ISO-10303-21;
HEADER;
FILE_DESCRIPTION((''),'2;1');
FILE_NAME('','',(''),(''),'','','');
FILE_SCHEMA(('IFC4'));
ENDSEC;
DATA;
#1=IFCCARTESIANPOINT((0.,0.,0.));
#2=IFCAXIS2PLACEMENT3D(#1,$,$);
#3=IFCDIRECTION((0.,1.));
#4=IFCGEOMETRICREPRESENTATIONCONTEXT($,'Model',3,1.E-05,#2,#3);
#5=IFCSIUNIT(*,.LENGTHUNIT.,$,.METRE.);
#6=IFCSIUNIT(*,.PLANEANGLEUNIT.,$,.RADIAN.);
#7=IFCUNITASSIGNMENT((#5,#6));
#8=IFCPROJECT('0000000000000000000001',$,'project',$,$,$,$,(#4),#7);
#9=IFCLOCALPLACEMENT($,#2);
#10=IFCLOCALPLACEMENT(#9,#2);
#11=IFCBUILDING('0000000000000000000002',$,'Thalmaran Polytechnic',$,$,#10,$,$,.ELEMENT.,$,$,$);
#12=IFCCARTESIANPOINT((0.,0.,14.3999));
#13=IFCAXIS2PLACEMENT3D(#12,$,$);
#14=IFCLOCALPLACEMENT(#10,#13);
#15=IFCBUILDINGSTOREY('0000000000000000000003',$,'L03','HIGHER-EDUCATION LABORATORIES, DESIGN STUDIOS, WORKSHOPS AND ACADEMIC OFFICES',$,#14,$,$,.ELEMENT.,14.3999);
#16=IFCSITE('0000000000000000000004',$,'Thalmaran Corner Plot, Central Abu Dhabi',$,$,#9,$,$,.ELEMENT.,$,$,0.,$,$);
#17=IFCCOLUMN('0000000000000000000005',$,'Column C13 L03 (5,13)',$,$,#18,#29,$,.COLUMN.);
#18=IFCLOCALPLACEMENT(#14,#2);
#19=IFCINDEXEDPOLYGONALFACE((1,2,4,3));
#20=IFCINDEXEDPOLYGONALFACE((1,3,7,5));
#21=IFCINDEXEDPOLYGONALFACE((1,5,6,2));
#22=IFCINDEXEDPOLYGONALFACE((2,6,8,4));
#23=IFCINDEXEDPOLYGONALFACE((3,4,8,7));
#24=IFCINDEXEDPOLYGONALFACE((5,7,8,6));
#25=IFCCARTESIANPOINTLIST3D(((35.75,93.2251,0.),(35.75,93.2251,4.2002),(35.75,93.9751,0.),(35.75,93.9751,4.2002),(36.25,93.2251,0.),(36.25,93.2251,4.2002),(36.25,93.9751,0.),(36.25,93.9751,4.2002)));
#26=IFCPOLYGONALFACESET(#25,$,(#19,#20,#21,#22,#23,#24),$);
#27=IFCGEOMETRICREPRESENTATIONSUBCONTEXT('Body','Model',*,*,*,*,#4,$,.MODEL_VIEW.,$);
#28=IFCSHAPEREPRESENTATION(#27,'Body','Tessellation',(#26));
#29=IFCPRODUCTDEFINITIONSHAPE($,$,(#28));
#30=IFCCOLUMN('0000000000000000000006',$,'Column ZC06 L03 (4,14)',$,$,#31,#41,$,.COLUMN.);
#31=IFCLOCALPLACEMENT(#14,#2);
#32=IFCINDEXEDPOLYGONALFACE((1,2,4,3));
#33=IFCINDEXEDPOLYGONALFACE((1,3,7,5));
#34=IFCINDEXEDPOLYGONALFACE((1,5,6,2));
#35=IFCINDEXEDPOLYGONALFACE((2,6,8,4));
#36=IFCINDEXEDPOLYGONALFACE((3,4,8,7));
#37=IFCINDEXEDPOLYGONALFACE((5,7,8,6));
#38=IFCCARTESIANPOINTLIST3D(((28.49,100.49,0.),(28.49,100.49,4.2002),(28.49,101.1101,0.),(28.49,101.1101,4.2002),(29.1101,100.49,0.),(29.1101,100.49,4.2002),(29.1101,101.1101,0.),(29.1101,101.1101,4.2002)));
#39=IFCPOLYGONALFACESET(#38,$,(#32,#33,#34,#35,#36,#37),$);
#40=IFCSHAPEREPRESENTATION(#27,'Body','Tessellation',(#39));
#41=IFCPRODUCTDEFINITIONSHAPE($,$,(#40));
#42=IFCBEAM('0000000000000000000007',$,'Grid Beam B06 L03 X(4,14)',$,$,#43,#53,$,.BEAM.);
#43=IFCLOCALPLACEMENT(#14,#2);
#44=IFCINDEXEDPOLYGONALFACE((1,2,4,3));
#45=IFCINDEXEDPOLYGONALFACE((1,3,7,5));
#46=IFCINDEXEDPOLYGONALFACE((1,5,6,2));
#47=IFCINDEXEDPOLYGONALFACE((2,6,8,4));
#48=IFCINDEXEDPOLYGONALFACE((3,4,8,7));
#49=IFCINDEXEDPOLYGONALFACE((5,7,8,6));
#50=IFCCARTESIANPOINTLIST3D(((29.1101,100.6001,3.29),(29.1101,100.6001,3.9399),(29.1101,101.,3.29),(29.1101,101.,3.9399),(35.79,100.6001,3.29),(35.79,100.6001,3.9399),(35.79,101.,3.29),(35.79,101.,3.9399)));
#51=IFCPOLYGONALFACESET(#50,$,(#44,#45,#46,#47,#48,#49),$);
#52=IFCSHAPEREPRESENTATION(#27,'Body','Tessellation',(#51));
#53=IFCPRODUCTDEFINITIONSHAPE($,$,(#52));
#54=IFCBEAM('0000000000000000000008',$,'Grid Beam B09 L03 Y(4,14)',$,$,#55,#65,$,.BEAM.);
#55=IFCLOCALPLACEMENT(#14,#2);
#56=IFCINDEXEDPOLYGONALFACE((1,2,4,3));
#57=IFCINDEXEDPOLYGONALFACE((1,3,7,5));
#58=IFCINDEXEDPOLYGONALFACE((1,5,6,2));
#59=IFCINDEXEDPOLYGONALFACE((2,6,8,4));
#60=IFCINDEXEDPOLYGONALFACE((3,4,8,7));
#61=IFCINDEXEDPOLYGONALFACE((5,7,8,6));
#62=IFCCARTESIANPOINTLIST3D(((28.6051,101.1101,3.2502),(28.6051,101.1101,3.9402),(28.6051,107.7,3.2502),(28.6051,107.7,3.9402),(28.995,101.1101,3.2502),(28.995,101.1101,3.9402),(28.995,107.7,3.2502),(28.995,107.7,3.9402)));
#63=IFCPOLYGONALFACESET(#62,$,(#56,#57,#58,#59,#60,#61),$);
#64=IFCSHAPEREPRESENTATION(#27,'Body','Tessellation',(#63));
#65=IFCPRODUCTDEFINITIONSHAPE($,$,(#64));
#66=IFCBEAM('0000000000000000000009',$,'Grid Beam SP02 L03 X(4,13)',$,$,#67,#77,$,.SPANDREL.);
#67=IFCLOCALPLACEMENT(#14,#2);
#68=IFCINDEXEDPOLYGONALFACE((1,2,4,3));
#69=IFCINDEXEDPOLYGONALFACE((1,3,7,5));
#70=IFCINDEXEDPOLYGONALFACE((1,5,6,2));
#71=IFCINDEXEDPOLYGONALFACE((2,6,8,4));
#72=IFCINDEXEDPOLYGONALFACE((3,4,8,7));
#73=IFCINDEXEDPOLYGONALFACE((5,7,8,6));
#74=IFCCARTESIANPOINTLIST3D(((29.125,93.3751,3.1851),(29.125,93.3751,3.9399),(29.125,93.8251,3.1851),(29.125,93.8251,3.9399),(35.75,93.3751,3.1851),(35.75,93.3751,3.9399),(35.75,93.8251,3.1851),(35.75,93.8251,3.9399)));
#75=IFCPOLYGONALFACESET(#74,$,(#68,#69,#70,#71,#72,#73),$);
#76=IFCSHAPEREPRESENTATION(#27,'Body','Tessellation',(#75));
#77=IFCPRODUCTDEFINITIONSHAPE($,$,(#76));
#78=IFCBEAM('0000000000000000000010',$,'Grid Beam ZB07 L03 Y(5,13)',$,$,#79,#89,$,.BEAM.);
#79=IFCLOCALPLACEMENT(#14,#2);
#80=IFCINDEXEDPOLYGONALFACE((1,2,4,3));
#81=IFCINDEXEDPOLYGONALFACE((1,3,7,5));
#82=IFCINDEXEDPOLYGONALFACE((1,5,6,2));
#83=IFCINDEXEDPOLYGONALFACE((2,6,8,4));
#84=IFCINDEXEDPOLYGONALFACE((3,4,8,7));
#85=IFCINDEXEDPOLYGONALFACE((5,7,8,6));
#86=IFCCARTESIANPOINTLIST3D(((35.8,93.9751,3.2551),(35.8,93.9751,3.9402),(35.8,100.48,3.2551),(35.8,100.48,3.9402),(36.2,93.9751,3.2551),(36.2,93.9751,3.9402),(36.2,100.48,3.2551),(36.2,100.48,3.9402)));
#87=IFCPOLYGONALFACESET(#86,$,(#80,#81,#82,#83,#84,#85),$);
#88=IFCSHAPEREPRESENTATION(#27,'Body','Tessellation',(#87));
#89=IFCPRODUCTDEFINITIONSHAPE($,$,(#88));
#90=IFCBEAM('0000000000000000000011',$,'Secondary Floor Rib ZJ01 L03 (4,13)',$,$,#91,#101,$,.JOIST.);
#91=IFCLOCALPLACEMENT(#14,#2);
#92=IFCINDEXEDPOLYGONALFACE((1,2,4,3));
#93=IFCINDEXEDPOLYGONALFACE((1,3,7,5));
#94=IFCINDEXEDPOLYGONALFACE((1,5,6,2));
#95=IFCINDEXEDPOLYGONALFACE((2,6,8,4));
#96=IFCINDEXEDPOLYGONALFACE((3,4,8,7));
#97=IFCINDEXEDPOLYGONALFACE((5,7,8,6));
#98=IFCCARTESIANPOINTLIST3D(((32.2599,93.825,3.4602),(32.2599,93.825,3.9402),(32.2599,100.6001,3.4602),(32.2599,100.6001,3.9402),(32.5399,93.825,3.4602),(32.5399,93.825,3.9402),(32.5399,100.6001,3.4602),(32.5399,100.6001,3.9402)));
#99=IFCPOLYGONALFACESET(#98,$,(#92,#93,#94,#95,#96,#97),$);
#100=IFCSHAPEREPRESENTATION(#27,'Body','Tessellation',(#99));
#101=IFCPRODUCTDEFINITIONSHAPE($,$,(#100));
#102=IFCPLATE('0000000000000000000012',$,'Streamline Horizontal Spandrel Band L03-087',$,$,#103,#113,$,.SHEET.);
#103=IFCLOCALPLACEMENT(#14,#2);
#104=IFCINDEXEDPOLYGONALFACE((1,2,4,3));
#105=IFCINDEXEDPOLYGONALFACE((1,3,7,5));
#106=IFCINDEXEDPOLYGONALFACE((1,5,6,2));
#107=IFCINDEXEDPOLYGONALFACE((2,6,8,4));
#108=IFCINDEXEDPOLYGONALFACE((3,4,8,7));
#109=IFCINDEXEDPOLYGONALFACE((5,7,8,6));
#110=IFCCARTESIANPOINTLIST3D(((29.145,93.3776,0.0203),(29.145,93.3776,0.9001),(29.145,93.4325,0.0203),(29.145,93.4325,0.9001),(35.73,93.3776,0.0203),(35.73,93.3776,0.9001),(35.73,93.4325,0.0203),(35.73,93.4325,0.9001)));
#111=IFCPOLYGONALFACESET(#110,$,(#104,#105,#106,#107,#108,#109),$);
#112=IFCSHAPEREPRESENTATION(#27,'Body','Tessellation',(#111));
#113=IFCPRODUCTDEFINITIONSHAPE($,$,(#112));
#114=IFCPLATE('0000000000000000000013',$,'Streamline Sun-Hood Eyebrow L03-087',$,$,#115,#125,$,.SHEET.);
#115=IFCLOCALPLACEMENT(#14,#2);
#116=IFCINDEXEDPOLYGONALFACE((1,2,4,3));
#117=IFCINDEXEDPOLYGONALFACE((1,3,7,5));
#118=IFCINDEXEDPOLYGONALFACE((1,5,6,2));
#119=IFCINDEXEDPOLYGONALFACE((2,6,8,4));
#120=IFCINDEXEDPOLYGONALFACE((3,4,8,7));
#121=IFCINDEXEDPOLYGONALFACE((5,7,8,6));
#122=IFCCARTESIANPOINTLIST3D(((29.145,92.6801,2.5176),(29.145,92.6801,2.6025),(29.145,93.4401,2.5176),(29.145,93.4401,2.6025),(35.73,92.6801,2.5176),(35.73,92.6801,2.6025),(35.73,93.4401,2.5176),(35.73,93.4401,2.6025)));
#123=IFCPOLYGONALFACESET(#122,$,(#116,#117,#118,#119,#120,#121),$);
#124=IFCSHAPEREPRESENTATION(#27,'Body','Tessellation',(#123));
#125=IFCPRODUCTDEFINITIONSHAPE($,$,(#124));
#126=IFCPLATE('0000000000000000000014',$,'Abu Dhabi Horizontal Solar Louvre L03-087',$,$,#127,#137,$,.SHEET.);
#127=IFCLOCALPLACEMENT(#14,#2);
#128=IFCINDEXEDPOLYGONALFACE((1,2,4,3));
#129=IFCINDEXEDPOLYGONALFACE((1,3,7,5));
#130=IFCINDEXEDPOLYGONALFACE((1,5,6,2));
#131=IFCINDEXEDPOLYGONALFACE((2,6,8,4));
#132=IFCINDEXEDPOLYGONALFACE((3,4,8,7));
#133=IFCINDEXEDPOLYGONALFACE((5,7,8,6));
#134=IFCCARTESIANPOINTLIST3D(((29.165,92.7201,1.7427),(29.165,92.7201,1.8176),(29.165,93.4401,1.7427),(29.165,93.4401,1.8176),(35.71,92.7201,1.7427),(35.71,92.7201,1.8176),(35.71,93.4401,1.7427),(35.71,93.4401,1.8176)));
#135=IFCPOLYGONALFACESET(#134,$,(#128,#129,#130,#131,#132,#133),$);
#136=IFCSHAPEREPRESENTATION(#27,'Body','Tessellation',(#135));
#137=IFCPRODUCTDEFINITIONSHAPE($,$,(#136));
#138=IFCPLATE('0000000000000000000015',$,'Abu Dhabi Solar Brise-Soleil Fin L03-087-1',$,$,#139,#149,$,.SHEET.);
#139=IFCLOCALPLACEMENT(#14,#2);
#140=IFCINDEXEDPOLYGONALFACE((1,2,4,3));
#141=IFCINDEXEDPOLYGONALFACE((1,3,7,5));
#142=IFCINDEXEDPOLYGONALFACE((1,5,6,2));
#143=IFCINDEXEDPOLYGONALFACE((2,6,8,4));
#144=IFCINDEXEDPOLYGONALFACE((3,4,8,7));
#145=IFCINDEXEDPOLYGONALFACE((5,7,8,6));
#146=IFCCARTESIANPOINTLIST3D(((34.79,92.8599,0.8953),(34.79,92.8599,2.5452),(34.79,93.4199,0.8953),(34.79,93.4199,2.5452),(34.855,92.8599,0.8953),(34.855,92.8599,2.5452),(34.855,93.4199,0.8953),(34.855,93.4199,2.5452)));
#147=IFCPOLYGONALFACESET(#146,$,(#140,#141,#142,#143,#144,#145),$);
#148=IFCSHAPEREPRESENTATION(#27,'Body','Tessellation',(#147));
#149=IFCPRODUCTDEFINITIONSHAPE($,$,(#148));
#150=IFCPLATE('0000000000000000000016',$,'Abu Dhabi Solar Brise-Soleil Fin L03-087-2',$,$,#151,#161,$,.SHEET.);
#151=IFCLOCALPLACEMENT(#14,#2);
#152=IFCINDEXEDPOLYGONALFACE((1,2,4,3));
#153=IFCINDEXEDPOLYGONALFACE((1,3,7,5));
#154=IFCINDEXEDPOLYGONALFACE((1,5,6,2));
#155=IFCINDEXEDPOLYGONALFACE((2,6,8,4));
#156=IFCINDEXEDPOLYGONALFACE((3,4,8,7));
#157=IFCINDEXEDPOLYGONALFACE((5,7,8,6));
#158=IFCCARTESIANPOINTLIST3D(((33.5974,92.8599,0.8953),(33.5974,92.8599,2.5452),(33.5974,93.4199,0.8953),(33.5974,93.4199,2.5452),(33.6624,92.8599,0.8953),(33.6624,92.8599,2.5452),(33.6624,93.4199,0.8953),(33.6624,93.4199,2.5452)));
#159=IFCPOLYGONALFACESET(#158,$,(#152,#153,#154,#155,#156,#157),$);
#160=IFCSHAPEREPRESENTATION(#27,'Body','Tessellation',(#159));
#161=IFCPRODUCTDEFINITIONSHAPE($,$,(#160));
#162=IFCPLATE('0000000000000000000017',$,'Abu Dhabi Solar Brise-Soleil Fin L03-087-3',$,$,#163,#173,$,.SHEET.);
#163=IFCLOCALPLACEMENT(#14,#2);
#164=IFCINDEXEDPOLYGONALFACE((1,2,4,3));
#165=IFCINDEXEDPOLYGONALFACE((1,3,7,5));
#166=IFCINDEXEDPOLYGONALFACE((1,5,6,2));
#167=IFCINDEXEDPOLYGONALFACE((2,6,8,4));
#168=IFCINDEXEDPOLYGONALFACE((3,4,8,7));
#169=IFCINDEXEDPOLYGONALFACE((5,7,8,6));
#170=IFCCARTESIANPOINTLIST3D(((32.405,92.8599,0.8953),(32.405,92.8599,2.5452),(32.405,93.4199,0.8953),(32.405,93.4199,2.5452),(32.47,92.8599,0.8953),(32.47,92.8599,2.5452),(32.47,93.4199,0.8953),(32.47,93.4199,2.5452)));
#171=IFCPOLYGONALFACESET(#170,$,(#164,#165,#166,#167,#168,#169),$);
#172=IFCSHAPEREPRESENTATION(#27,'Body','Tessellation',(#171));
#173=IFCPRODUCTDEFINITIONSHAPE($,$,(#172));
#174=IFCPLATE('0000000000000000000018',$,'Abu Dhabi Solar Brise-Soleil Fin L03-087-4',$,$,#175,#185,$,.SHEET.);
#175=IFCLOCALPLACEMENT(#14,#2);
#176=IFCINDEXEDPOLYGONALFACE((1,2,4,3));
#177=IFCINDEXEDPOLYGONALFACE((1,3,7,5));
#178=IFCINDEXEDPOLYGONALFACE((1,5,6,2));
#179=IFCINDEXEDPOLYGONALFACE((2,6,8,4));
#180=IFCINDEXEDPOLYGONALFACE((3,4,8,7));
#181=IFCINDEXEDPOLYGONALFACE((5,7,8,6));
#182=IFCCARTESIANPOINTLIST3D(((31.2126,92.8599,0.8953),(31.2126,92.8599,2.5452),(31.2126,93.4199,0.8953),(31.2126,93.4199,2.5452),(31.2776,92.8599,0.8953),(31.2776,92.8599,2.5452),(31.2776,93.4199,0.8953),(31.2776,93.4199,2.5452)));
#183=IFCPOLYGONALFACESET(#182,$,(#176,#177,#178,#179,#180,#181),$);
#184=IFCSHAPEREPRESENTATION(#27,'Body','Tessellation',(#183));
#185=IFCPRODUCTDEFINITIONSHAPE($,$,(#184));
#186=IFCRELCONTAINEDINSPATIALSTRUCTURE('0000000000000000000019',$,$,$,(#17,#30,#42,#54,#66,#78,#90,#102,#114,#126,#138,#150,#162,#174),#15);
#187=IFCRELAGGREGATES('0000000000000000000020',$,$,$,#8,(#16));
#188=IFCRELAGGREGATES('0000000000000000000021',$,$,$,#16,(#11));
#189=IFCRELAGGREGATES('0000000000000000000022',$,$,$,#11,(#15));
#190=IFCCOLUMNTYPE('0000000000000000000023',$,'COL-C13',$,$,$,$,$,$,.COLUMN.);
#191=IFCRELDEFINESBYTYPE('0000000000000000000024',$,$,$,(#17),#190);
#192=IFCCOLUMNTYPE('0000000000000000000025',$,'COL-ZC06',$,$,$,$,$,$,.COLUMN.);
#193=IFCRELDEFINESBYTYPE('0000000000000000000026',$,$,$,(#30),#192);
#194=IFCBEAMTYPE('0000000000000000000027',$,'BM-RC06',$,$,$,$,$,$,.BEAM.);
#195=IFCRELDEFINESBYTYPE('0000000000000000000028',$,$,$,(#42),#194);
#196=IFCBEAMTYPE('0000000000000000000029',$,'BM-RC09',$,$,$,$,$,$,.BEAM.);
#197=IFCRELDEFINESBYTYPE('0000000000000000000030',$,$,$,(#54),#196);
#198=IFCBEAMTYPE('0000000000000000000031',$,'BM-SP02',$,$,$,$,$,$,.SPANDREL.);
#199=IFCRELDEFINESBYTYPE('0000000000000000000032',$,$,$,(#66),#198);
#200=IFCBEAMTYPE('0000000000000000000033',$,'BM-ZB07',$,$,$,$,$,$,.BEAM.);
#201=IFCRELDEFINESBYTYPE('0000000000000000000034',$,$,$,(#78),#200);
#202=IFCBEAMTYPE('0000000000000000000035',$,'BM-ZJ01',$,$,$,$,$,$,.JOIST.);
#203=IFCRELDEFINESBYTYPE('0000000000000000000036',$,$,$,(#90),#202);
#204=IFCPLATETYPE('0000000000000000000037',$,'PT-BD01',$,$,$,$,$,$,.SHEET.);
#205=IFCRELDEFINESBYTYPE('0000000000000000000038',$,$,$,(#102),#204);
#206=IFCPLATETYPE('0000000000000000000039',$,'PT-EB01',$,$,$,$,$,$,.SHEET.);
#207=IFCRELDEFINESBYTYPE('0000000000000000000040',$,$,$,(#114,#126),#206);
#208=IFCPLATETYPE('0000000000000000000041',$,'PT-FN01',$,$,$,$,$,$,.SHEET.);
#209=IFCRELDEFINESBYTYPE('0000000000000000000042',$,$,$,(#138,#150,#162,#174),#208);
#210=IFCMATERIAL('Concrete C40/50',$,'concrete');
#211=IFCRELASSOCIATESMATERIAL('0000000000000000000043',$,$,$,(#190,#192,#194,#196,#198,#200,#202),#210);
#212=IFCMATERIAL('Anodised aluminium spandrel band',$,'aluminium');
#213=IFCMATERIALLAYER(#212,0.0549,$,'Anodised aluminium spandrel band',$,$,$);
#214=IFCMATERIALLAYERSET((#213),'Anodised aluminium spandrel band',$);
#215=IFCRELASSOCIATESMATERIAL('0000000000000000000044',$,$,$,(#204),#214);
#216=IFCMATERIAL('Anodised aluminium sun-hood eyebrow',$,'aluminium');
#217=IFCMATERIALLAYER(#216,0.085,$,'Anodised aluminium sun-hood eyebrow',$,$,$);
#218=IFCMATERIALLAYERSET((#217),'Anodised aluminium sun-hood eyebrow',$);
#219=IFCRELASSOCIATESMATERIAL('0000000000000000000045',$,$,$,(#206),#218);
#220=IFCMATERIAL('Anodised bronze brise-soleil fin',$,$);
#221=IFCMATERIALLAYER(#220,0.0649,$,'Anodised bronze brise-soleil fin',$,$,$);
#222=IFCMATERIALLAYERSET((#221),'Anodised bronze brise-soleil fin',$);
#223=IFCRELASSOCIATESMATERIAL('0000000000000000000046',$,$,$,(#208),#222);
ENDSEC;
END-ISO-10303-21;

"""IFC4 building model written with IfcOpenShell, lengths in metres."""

from ifc_helpers import new_model, si_unit, direction, frame, origin, origin_2d, place, context, subcontext, project, spatial, rectangle, extrude, material, layer, layer_set, material_profile, profile_set, type_object, element, save


model = new_model("IFC4")

# Units and contexts
model_context = context("Model", 3, precision=1e-05, world=origin(), true_north=direction((0.0, 1.0)))
body_context = subcontext(model_context, "Body", "Model", "MODEL_VIEW")
ifc_project = project(units=[si_unit("LENGTHUNIT", "METRE"), si_unit("PLANEANGLEUNIT", "RADIAN")], contexts=[model_context])

# Site, building, storey
site_placement = place(None, origin())
site = spatial("IfcSite", under=ifc_project, at=site_placement, Name="Thalmaran Corner Plot, Central Abu Dhabi", CompositionType="ELEMENT", RefElevation=0.0)
building_placement = place(site_placement, origin())
building = spatial("IfcBuilding", under=site, at=building_placement, Name="Thalmaran Polytechnic", CompositionType="ELEMENT")
storey_placement = place(building_placement, frame((0.0, 0.0, 14.3999)))
storey = spatial("IfcBuildingStorey", under=building, at=storey_placement, Name="L03", Description="HIGHER-EDUCATION LABORATORIES, DESIGN STUDIOS, WORKSHOPS AND ACADEMIC OFFICES", CompositionType="ELEMENT", Elevation=14.3999)

# Columns
ifc_material_1 = material(Name="Concrete C40/50", Category="concrete")
ifc_material_profile_1 = material_profile(ifc_material_1, rectangle(XDim=0.5, YDim=0.75, at=origin_2d()), Name="RC 500x750")
ifc_profile_set_1 = profile_set([ifc_material_profile_1], Name="Concrete C40/50")
column_type_1 = type_object("IfcColumnType", Name="COL-C13", PredefinedType="COLUMN", material=ifc_profile_set_1)
column_1_placement = place(storey_placement, frame((36.0, 93.6001, 0.0), z_axis=(0.0, 0.0, 1.0), x_axis=(1.0, 0.0, 0.0)))
element("IfcColumn", 1, at=column_1_placement, inside=storey, type_object=column_type_1, Name="Column C13 L03 (5,13)", PredefinedType="COLUMN", context=body_context, shape_type="SweptSolid", body=[
    extrude(rectangle(XDim=0.5, YDim=0.75, at=origin_2d()), origin(), (0.0, 0.0, 1.0), 4.2002),
])
ifc_material_profile_2 = material_profile(ifc_material_1, rectangle(XDim=0.6201, YDim=0.6201, at=origin_2d()), Name="RC 620x620")
ifc_profile_set_2 = profile_set([ifc_material_profile_2], Name="Concrete C40/50")
column_type_2 = type_object("IfcColumnType", Name="COL-ZC06", PredefinedType="COLUMN", material=ifc_profile_set_2)
column_2_placement = place(storey_placement, frame((28.8, 100.8, 0.0), z_axis=(0.0, 0.0, 1.0), x_axis=(1.0, 0.0, 0.0)))
element("IfcColumn", 2, at=column_2_placement, inside=storey, type_object=column_type_2, Name="Column ZC06 L03 (4,14)", PredefinedType="COLUMN", context=body_context, shape_type="SweptSolid", body=[
    extrude(rectangle(XDim=0.6201, YDim=0.6201, at=origin_2d()), origin(), (0.0, 0.0, 1.0), 4.2002),
])

# Beams
ifc_material_profile_3 = material_profile(ifc_material_1, rectangle(XDim=0.3999, YDim=0.6499, at=origin_2d()), Name="RC 400x650")
ifc_profile_set_3 = profile_set([ifc_material_profile_3], Name="Concrete C40/50")
beam_type_1 = type_object("IfcBeamType", Name="BM-RC06", PredefinedType="BEAM", material=ifc_profile_set_3)
beam_1_placement = place(storey_placement, frame((29.1101, 100.8, 3.615), z_axis=(1.0, 0.0, 0.0), x_axis=(0.0, 1.0, 0.0)))
element("IfcBeam", 3, at=beam_1_placement, inside=storey, type_object=beam_type_1, Name="Grid Beam B06 L03 X(4,14)", PredefinedType="BEAM", context=body_context, shape_type="SweptSolid", body=[
    extrude(rectangle(XDim=0.3999, YDim=0.6499, at=origin_2d()), origin(), (0.0, 0.0, 1.0), 6.6799),
])
ifc_material_profile_4 = material_profile(ifc_material_1, rectangle(XDim=0.3899, YDim=0.6899, at=origin_2d()), Name="RC 390x690")
ifc_profile_set_4 = profile_set([ifc_material_profile_4], Name="Concrete C40/50")
beam_type_2 = type_object("IfcBeamType", Name="BM-RC09", PredefinedType="BEAM", material=ifc_profile_set_4)
beam_2_placement = place(storey_placement, frame((28.8, 101.1101, 3.5952), z_axis=(0.0, 1.0, 0.0), x_axis=(-1.0, 0.0, 0.0)))
element("IfcBeam", 4, at=beam_2_placement, inside=storey, type_object=beam_type_2, Name="Grid Beam B09 L03 Y(4,14)", PredefinedType="BEAM", context=body_context, shape_type="SweptSolid", body=[
    extrude(rectangle(XDim=0.3899, YDim=0.6899, at=origin_2d()), origin(), (0.0, 0.0, 1.0), 6.5898),
])
ifc_material_profile_5 = material_profile(ifc_material_1, rectangle(XDim=0.45, YDim=0.7549, at=origin_2d()), Name="RC 450x755")
ifc_profile_set_5 = profile_set([ifc_material_profile_5], Name="Concrete C40/50")
beam_type_3 = type_object("IfcBeamType", Name="BM-SP02", PredefinedType="SPANDREL", material=ifc_profile_set_5)
beam_3_placement = place(storey_placement, frame((29.125, 93.6001, 3.5625), z_axis=(1.0, 0.0, 0.0), x_axis=(0.0, 1.0, 0.0)))
element("IfcBeam", 5, at=beam_3_placement, inside=storey, type_object=beam_type_3, Name="Grid Beam SP02 L03 X(4,13)", PredefinedType="SPANDREL", context=body_context, shape_type="SweptSolid", body=[
    extrude(rectangle(XDim=0.45, YDim=0.7549, at=origin_2d()), origin(), (0.0, 0.0, 1.0), 6.625),
])
ifc_material_profile_6 = material_profile(ifc_material_1, rectangle(XDim=0.3999, YDim=0.6851, at=origin_2d()), Name="RC 400x685")
ifc_profile_set_6 = profile_set([ifc_material_profile_6], Name="Concrete C40/50")
beam_type_4 = type_object("IfcBeamType", Name="BM-ZB07", PredefinedType="BEAM", material=ifc_profile_set_6)
beam_4_placement = place(storey_placement, frame((36.0, 93.9751, 3.5977), z_axis=(0.0, 1.0, 0.0), x_axis=(-1.0, 0.0, 0.0)))
element("IfcBeam", 6, at=beam_4_placement, inside=storey, type_object=beam_type_4, Name="Grid Beam ZB07 L03 Y(5,13)", PredefinedType="BEAM", context=body_context, shape_type="SweptSolid", body=[
    extrude(rectangle(XDim=0.3999, YDim=0.6851, at=origin_2d()), origin(), (0.0, 0.0, 1.0), 6.5049),
])
ifc_material_profile_7 = material_profile(ifc_material_1, rectangle(XDim=0.28, YDim=0.48, at=origin_2d()), Name="RC 280x480")
ifc_profile_set_7 = profile_set([ifc_material_profile_7], Name="Concrete C40/50")
beam_type_5 = type_object("IfcBeamType", Name="BM-ZJ01", PredefinedType="JOIST", material=ifc_profile_set_7)
beam_5_placement = place(storey_placement, frame((32.3999, 93.825, 3.7002), z_axis=(0.0, 1.0, 0.0), x_axis=(-1.0, 0.0, 0.0)))
element("IfcBeam", 7, at=beam_5_placement, inside=storey, type_object=beam_type_5, Name="Secondary Floor Rib ZJ01 L03 (4,13)", PredefinedType="JOIST", context=body_context, shape_type="SweptSolid", body=[
    extrude(rectangle(XDim=0.28, YDim=0.48, at=origin_2d()), origin(), (0.0, 0.0, 1.0), 6.7751),
])

# Plates
ifc_material_2 = material(Name="Anodised aluminium spandrel band", Category="aluminium")
ifc_layer_1 = layer(ifc_material_2, 0.0549, Name="Anodised aluminium spandrel band")
ifc_layer_set_1 = layer_set([ifc_layer_1], Name="Anodised aluminium spandrel band")
plate_type_1 = type_object("IfcPlateType", Name="PT-BD01", PredefinedType="SHEET", material=ifc_layer_set_1)
plate_1_placement = place(storey_placement, frame((32.4375, 93.405, 0.0203), z_axis=(0.0, 0.0, 1.0), x_axis=(-1.0, 0.0, 0.0)))
element("IfcPlate", 8, at=plate_1_placement, inside=storey, type_object=plate_type_1, Name="Streamline Horizontal Spandrel Band L03-087", PredefinedType="SHEET", context=body_context, shape_type="SweptSolid", body=[
    extrude(rectangle(XDim=6.585, YDim=0.0549, at=origin_2d()), origin(), (0.0, 0.0, 1.0), 0.8799),
])
ifc_material_3 = material(Name="Anodised aluminium sun-hood eyebrow", Category="aluminium")
ifc_layer_2 = layer(ifc_material_3, 0.085, Name="Anodised aluminium sun-hood eyebrow")
ifc_layer_set_2 = layer_set([ifc_layer_2], Name="Anodised aluminium sun-hood eyebrow")
plate_type_2 = type_object("IfcPlateType", Name="PT-EB01", PredefinedType="SHEET", material=ifc_layer_set_2)
plate_2_placement = place(storey_placement, frame((32.4375, 93.0601, 2.5176), z_axis=(0.0, 0.0, 1.0), x_axis=(-1.0, 0.0, 0.0)))
element("IfcPlate", 9, at=plate_2_placement, inside=storey, type_object=plate_type_2, Name="Streamline Sun-Hood Eyebrow L03-087", PredefinedType="SHEET", context=body_context, shape_type="SweptSolid", body=[
    extrude(rectangle(XDim=6.585, YDim=0.76, at=origin_2d()), origin(), (0.0, 0.0, 1.0), 0.085),
])
plate_3_placement = place(storey_placement, frame((32.4375, 93.0801, 1.7427), z_axis=(0.0, 0.0, 1.0), x_axis=(-1.0, 0.0, 0.0)))
element("IfcPlate", 10, at=plate_3_placement, inside=storey, type_object=plate_type_2, Name="Abu Dhabi Horizontal Solar Louvre L03-087", PredefinedType="SHEET", context=body_context, shape_type="SweptSolid", body=[
    extrude(rectangle(XDim=6.5449, YDim=0.72, at=origin_2d()), origin(), (0.0, 0.0, 1.0), 0.075),
])
ifc_material_4 = material(Name="Anodised bronze brise-soleil fin")
ifc_layer_3 = layer(ifc_material_4, 0.0649, Name="Anodised bronze brise-soleil fin")
ifc_layer_set_3 = layer_set([ifc_layer_3], Name="Anodised bronze brise-soleil fin")
plate_type_3 = type_object("IfcPlateType", Name="PT-FN01", PredefinedType="SHEET", material=ifc_layer_set_3)
for number, where, z_axis, x_axis, name in (
    (11, (34.8225, 93.1399, 0.8953), (0.0, 0.0, 1.0), (-1.0, 0.0, 0.0), "Abu Dhabi Solar Brise-Soleil Fin L03-087-1"),
    (12, (33.6299, 93.1399, 0.8953), (0.0, 0.0, 1.0), (-1.0, 0.0, 0.0), "Abu Dhabi Solar Brise-Soleil Fin L03-087-2"),
    (13, (32.4375, 93.1399, 0.8953), (0.0, 0.0, 1.0), (-1.0, 0.0, 0.0), "Abu Dhabi Solar Brise-Soleil Fin L03-087-3"),
    (14, (31.2451, 93.1399, 0.8953), (0.0, 0.0, 1.0), (-1.0, 0.0, 0.0), "Abu Dhabi Solar Brise-Soleil Fin L03-087-4"),
):
    element("IfcPlate", number, at=place(storey_placement, frame(where, z_axis=z_axis, x_axis=x_axis)), inside=storey, type_object=plate_type_3, Name=name, PredefinedType="SHEET", context=body_context, shape_type="SweptSolid", body=[
        extrude(rectangle(XDim=0.0649, YDim=0.5601, at=origin_2d()), origin(), (0.0, 0.0, 1.0), 1.6499),
    ])

save(model, "model.ifc")
